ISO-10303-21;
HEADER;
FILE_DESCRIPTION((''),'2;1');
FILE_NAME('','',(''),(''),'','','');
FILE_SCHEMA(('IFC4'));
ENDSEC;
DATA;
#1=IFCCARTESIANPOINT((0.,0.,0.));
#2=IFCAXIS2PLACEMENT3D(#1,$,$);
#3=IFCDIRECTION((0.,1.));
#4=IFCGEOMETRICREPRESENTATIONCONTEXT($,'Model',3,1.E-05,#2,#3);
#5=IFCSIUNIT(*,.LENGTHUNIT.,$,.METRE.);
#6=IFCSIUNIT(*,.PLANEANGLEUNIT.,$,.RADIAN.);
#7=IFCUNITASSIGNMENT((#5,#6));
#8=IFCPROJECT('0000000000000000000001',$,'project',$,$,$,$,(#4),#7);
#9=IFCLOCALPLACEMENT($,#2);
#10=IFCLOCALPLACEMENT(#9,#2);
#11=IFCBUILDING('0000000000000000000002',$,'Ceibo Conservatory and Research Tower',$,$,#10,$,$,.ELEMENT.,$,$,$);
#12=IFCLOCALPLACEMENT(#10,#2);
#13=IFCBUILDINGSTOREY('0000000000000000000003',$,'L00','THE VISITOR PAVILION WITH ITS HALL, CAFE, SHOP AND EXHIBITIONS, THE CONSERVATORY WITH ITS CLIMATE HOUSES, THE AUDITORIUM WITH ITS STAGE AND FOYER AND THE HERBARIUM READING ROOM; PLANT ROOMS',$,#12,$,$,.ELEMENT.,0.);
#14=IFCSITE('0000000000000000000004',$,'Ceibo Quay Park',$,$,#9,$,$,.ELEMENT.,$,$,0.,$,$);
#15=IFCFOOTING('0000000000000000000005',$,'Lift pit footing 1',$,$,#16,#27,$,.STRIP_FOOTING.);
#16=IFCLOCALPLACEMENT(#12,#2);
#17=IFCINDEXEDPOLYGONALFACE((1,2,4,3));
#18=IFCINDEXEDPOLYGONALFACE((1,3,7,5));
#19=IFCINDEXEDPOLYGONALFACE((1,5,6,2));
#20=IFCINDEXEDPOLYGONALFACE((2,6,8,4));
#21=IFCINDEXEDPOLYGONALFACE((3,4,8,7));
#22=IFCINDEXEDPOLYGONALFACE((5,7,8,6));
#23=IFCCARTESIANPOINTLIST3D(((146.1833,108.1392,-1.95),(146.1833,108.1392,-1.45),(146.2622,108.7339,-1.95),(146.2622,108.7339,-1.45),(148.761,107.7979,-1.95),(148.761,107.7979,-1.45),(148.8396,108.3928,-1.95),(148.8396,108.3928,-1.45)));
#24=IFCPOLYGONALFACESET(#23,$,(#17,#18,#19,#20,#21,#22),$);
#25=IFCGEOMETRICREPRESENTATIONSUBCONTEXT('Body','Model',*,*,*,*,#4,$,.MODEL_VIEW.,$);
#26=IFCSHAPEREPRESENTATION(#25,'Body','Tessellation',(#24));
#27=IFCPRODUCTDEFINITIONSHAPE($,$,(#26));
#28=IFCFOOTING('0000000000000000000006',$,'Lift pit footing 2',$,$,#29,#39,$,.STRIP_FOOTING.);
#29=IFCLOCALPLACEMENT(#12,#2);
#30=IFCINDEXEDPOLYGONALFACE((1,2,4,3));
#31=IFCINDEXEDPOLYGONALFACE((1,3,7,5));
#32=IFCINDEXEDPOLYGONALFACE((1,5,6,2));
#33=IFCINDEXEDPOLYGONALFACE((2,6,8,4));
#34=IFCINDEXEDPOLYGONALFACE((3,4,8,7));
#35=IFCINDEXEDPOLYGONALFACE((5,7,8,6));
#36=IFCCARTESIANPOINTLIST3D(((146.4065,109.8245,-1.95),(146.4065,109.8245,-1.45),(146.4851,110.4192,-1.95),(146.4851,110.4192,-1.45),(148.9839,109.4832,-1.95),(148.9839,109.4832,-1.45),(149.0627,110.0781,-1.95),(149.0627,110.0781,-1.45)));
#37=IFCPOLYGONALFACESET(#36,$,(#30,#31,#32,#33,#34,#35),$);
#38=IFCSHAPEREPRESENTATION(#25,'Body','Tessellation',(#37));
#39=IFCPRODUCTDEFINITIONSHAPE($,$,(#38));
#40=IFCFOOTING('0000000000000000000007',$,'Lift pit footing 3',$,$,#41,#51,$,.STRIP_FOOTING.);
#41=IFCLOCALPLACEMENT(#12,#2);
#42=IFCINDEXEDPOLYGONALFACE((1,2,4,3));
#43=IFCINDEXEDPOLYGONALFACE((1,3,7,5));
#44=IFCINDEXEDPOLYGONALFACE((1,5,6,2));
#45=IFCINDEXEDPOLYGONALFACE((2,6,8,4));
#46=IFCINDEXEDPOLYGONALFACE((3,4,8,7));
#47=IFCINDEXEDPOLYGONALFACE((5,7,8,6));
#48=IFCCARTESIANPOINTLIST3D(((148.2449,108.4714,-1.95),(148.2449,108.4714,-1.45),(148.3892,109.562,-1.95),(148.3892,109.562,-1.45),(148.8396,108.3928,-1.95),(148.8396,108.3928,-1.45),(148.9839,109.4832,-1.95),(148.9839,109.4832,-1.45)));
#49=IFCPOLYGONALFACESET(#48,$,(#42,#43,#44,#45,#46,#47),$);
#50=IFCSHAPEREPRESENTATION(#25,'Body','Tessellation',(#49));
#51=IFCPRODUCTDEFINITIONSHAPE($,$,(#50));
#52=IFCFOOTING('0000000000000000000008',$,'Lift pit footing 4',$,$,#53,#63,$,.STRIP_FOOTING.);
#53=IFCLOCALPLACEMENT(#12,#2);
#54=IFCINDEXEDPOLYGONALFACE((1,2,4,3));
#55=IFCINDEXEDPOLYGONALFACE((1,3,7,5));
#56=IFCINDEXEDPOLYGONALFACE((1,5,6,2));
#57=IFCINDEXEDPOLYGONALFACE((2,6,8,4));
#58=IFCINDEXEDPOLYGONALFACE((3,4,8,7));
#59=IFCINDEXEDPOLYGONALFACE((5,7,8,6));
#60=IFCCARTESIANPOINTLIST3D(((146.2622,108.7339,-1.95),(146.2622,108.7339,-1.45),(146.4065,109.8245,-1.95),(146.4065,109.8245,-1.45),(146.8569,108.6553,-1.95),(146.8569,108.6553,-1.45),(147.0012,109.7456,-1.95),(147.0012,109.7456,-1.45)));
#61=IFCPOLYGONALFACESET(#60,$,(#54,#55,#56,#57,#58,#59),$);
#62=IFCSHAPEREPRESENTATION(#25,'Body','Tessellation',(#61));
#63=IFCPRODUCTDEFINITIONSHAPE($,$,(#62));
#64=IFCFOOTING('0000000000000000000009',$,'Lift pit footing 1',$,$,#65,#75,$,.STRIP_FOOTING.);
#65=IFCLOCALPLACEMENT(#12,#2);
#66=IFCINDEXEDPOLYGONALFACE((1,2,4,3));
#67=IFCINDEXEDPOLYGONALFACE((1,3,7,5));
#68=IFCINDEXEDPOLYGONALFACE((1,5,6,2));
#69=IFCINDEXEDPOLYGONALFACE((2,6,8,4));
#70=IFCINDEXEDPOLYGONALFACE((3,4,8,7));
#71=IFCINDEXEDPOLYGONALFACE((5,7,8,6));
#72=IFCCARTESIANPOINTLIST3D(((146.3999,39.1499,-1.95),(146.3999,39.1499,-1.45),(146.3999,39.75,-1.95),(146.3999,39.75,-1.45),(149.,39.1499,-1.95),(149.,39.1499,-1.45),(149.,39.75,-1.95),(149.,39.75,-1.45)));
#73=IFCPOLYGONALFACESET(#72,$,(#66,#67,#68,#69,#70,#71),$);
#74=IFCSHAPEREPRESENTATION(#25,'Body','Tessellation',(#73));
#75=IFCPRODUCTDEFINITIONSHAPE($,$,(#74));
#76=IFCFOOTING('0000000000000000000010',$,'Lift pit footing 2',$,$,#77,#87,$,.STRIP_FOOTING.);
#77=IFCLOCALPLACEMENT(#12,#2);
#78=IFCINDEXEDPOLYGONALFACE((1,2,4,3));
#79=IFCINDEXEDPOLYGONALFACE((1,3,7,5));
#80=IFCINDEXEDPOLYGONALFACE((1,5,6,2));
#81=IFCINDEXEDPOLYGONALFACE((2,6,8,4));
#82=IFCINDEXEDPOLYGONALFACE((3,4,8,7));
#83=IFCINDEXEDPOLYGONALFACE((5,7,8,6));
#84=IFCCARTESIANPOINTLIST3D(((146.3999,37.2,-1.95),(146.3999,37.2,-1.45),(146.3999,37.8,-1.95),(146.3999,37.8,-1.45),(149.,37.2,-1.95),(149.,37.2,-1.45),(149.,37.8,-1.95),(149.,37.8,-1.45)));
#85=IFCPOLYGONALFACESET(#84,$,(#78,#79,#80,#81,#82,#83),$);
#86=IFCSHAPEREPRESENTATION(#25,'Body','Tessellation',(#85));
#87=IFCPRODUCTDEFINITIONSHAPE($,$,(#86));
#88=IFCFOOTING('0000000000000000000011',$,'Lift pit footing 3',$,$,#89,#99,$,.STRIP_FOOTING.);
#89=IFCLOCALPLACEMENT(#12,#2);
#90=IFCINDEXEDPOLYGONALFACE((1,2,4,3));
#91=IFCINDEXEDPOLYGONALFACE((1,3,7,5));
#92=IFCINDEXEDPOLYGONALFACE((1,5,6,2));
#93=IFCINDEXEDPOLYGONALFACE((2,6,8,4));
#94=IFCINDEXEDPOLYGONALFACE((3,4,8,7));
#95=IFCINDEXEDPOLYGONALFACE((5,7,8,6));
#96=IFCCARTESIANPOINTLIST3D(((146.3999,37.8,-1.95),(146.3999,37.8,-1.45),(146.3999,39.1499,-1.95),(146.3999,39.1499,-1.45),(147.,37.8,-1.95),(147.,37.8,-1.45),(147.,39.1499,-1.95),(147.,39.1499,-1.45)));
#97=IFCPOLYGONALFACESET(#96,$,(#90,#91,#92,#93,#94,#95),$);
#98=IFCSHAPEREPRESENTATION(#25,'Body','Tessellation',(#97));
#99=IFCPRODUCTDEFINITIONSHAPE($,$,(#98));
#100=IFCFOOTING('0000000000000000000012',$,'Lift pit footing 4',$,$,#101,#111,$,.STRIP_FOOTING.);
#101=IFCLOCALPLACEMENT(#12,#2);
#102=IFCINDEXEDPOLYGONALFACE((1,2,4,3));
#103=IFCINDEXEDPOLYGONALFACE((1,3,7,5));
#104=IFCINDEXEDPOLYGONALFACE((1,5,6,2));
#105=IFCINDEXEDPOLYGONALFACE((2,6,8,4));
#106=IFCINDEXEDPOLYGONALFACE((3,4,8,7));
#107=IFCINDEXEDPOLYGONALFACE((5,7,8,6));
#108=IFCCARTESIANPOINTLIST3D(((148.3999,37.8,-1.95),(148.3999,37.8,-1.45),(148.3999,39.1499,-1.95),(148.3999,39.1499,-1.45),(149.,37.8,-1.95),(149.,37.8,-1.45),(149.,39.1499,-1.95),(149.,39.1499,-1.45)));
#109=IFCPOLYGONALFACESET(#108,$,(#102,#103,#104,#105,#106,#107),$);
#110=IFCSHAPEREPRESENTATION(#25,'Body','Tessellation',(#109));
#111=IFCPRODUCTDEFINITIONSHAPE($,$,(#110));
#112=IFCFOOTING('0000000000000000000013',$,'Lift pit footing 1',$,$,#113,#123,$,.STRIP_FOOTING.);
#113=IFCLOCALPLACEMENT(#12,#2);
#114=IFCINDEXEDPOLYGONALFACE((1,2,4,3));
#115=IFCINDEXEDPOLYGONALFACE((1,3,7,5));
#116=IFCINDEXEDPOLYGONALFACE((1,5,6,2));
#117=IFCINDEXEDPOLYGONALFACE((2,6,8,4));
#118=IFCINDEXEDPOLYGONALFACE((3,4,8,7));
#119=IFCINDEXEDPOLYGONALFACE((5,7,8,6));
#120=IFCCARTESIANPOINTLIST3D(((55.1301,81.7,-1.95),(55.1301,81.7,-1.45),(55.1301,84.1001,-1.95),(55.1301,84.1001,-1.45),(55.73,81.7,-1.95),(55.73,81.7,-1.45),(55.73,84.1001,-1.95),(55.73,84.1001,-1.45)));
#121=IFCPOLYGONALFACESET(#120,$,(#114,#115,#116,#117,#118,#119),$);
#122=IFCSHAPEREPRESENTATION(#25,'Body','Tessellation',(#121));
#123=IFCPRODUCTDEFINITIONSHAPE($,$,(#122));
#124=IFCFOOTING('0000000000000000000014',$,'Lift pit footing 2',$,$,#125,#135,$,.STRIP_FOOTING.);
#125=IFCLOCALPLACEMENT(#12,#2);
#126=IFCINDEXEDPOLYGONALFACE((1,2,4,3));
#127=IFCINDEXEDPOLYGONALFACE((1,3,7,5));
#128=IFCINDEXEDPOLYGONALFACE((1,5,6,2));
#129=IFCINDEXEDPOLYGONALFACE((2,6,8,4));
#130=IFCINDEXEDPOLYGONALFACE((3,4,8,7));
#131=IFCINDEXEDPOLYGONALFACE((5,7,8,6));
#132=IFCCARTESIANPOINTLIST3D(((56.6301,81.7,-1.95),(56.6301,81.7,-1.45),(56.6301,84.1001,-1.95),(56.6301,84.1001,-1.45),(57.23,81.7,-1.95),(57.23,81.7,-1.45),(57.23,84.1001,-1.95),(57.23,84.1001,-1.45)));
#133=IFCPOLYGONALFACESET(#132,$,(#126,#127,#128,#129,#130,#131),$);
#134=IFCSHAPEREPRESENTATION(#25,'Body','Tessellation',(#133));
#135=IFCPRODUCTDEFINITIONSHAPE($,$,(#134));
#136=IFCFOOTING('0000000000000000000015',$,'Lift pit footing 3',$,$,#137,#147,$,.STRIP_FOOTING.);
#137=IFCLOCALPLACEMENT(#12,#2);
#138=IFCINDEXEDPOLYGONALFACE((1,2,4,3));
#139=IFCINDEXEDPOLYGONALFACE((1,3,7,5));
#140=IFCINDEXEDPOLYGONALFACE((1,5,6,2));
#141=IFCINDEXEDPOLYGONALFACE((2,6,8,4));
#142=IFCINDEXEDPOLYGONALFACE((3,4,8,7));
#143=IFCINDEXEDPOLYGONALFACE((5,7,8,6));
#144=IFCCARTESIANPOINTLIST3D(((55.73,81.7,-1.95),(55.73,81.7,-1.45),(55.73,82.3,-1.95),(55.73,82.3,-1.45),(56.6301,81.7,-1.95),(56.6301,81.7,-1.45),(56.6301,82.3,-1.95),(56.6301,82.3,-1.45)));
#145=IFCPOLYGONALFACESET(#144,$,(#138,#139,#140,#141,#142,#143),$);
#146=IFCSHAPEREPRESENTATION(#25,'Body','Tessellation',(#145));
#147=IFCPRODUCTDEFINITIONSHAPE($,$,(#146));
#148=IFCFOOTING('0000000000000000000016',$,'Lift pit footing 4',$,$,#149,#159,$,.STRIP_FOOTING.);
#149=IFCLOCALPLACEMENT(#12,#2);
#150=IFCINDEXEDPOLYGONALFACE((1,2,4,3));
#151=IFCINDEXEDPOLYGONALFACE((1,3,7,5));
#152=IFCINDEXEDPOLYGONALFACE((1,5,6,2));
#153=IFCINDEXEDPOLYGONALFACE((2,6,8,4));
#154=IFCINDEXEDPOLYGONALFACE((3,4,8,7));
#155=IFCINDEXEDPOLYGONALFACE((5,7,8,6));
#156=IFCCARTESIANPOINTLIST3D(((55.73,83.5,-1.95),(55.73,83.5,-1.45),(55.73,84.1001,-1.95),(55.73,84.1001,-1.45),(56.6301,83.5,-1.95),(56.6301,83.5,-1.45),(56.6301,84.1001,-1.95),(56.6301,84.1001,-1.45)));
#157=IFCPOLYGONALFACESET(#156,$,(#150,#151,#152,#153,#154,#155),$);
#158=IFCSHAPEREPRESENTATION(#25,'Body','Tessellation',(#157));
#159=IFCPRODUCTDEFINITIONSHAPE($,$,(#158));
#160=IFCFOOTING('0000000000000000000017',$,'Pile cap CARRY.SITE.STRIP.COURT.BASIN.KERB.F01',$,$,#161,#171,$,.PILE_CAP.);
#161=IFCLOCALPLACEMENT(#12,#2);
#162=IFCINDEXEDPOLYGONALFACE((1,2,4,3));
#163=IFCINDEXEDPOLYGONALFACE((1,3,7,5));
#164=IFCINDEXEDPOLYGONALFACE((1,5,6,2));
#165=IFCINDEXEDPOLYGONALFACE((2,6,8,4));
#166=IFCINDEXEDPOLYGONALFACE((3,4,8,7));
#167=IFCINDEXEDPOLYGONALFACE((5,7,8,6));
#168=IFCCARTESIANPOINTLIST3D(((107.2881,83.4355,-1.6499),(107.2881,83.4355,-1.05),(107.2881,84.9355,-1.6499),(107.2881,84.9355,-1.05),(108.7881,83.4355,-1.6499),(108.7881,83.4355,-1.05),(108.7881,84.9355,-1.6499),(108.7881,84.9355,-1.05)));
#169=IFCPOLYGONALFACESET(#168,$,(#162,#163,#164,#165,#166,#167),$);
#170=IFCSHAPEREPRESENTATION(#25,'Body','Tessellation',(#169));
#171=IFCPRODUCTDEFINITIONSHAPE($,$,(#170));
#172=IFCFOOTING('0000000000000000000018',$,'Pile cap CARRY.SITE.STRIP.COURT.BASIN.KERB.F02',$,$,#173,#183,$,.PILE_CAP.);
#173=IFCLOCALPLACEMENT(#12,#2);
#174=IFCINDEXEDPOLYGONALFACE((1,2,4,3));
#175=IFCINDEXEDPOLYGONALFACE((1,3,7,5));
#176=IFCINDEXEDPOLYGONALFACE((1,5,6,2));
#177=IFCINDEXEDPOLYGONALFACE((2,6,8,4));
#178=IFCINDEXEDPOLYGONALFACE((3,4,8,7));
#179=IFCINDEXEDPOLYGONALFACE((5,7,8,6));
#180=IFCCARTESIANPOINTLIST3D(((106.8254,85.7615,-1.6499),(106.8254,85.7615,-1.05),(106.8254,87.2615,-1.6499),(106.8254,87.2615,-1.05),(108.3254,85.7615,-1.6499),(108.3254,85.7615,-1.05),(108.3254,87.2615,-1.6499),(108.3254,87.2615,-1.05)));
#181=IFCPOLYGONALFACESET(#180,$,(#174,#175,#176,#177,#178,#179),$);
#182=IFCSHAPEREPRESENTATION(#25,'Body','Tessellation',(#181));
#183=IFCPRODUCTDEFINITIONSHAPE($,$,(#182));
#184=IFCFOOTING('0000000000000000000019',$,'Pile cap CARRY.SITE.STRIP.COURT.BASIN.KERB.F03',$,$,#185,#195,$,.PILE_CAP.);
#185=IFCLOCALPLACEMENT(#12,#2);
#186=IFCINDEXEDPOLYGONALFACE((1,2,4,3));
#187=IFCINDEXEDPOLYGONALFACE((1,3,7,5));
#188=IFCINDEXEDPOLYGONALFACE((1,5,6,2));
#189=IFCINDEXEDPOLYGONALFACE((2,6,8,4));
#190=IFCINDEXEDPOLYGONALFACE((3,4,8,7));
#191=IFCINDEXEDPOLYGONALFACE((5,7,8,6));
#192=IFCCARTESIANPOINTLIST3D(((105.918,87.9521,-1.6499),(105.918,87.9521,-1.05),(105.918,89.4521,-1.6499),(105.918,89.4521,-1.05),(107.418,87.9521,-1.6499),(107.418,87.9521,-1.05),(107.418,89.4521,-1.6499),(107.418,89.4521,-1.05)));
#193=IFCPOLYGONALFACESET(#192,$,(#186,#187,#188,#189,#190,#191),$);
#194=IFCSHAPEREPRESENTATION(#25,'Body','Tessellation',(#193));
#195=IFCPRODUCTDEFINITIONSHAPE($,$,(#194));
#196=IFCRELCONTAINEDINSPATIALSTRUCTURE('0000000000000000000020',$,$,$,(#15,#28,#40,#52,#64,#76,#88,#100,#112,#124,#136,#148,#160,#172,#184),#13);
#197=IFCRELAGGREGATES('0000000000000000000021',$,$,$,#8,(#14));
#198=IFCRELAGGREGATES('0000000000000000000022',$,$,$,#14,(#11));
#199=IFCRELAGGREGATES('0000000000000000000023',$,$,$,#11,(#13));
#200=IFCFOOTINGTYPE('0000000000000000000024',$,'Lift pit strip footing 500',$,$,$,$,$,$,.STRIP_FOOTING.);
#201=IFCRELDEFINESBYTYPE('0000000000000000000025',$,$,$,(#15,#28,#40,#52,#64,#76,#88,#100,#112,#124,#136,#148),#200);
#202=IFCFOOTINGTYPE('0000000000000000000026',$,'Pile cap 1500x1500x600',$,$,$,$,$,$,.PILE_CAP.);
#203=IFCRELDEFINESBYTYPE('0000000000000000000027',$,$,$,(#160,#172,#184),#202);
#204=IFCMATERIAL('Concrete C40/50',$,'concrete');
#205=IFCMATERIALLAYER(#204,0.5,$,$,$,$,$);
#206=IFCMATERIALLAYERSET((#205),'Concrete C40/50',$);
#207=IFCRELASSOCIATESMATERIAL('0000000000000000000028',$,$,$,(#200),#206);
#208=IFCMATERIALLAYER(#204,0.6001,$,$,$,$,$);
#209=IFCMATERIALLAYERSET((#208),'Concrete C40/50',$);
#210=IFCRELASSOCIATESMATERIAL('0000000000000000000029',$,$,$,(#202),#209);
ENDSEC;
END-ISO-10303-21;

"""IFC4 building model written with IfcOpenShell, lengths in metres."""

from ifc_helpers import new_model, si_unit, direction, frame, origin, place, context, subcontext, project, spatial, polyline, outline, extrude, material, layer, layer_set, type_object, element, save


model = new_model("IFC4")

# Units and contexts
model_context = context("Model", 3, precision=1e-05, world=origin(), true_north=direction((0.0, 1.0)))
body_context = subcontext(model_context, "Body", "Model", "MODEL_VIEW")
ifc_project = project(units=[si_unit("LENGTHUNIT", "METRE"), si_unit("PLANEANGLEUNIT", "RADIAN")], contexts=[model_context])

# Site, building, storey
site_placement = place(None, origin())
site = spatial("IfcSite", under=ifc_project, at=site_placement, Name="Ceibo Quay Park", CompositionType="ELEMENT", RefElevation=0.0)
building_placement = place(site_placement, origin())
building = spatial("IfcBuilding", under=site, at=building_placement, Name="Ceibo Conservatory and Research Tower", CompositionType="ELEMENT")
storey_placement = place(building_placement, origin())
storey = spatial("IfcBuildingStorey", under=building, at=storey_placement, Name="L00", Description="THE VISITOR PAVILION WITH ITS HALL, CAFE, SHOP AND EXHIBITIONS, THE CONSERVATORY WITH ITS CLIMATE HOUSES, THE AUDITORIUM WITH ITS STAGE AND FOYER AND THE HERBARIUM READING ROOM; PLANT ROOMS", CompositionType="ELEMENT", Elevation=0.0)

# Footings
ifc_material_1 = material(Name="Concrete C40/50", Category="concrete")
ifc_layer_1 = layer(ifc_material_1, 0.5)
ifc_layer_set_1 = layer_set([ifc_layer_1], Name="Concrete C40/50")
footing_type_1 = type_object("IfcFootingType", Name="Lift pit strip footing 500", PredefinedType="STRIP_FOOTING", material=ifc_layer_set_1)
footing_1_placement = place(storey_placement, frame((0.0, 0.0, -1.95)))
element("IfcFooting", 1, at=footing_1_placement, inside=storey, type_object=footing_type_1, Name="Lift pit footing 1", PredefinedType="STRIP_FOOTING", context=body_context, shape_type="SweptSolid", body=[
    extrude(outline(polyline([(148.761, 107.7979), (148.8396, 108.3928), (146.2622, 108.7339), (146.1833, 108.1392), (148.761, 107.7979)])), origin(), (0.0, 0.0, 1.0), 0.5),
])
footing_2_placement = place(storey_placement, frame((0.0, 0.0, -1.95)))
element("IfcFooting", 2, at=footing_2_placement, inside=storey, type_object=footing_type_1, Name="Lift pit footing 2", PredefinedType="STRIP_FOOTING", context=body_context, shape_type="SweptSolid", body=[
    extrude(outline(polyline([(148.9839, 109.4832), (149.0627, 110.0781), (146.4851, 110.4192), (146.4065, 109.8245), (148.9839, 109.4832)])), origin(), (0.0, 0.0, 1.0), 0.5),
])
footing_3_placement = place(storey_placement, frame((0.0, 0.0, -1.95)))
element("IfcFooting", 3, at=footing_3_placement, inside=storey, type_object=footing_type_1, Name="Lift pit footing 3", PredefinedType="STRIP_FOOTING", context=body_context, shape_type="SweptSolid", body=[
    extrude(outline(polyline([(148.8396, 108.3928), (148.9839, 109.4832), (148.3892, 109.562), (148.2449, 108.4714), (148.8396, 108.3928)])), origin(), (0.0, 0.0, 1.0), 0.5),
])
footing_4_placement = place(storey_placement, frame((0.0, 0.0, -1.95)))
element("IfcFooting", 4, at=footing_4_placement, inside=storey, type_object=footing_type_1, Name="Lift pit footing 4", PredefinedType="STRIP_FOOTING", context=body_context, shape_type="SweptSolid", body=[
    extrude(outline(polyline([(146.8569, 108.6553), (147.0012, 109.7456), (146.4065, 109.8245), (146.2622, 108.7339), (146.8569, 108.6553)])), origin(), (0.0, 0.0, 1.0), 0.5),
])
footing_5_placement = place(storey_placement, frame((0.0, 0.0, -1.95)))
element("IfcFooting", 5, at=footing_5_placement, inside=storey, type_object=footing_type_1, Name="Lift pit footing 1", PredefinedType="STRIP_FOOTING", context=body_context, shape_type="SweptSolid", body=[
    extrude(outline(polyline([(146.3999, 39.75), (146.3999, 39.1499), (149.0, 39.1499), (149.0, 39.75), (146.3999, 39.75)])), origin(), (0.0, 0.0, 1.0), 0.5),
])
footing_6_placement = place(storey_placement, frame((0.0, 0.0, -1.95)))
element("IfcFooting", 6, at=footing_6_placement, inside=storey, type_object=footing_type_1, Name="Lift pit footing 2", PredefinedType="STRIP_FOOTING", context=body_context, shape_type="SweptSolid", body=[
    extrude(outline(polyline([(146.3999, 37.8), (146.3999, 37.2), (149.0, 37.2), (149.0, 37.8), (146.3999, 37.8)])), origin(), (0.0, 0.0, 1.0), 0.5),
])
footing_7_placement = place(storey_placement, frame((0.0, 0.0, -1.95)))
element("IfcFooting", 7, at=footing_7_placement, inside=storey, type_object=footing_type_1, Name="Lift pit footing 3", PredefinedType="STRIP_FOOTING", context=body_context, shape_type="SweptSolid", body=[
    extrude(outline(polyline([(146.3999, 39.1499), (146.3999, 37.8), (147.0, 37.8), (147.0, 39.1499), (146.3999, 39.1499)])), origin(), (0.0, 0.0, 1.0), 0.5),
])
footing_8_placement = place(storey_placement, frame((0.0, 0.0, -1.95)))
element("IfcFooting", 8, at=footing_8_placement, inside=storey, type_object=footing_type_1, Name="Lift pit footing 4", PredefinedType="STRIP_FOOTING", context=body_context, shape_type="SweptSolid", body=[
    extrude(outline(polyline([(148.3999, 39.1499), (148.3999, 37.8), (149.0, 37.8), (149.0, 39.1499), (148.3999, 39.1499)])), origin(), (0.0, 0.0, 1.0), 0.5),
])
footing_9_placement = place(storey_placement, frame((0.0, 0.0, -1.95)))
element("IfcFooting", 9, at=footing_9_placement, inside=storey, type_object=footing_type_1, Name="Lift pit footing 1", PredefinedType="STRIP_FOOTING", context=body_context, shape_type="SweptSolid", body=[
    extrude(outline(polyline([(55.1301, 81.7), (55.73, 81.7), (55.73, 84.1001), (55.1301, 84.1001), (55.1301, 81.7)])), origin(), (0.0, 0.0, 1.0), 0.5),
])
footing_10_placement = place(storey_placement, frame((0.0, 0.0, -1.95)))
element("IfcFooting", 10, at=footing_10_placement, inside=storey, type_object=footing_type_1, Name="Lift pit footing 2", PredefinedType="STRIP_FOOTING", context=body_context, shape_type="SweptSolid", body=[
    extrude(outline(polyline([(56.6301, 81.7), (57.23, 81.7), (57.23, 84.1001), (56.6301, 84.1001), (56.6301, 81.7)])), origin(), (0.0, 0.0, 1.0), 0.5),
])
footing_11_placement = place(storey_placement, frame((0.0, 0.0, -1.95)))
element("IfcFooting", 11, at=footing_11_placement, inside=storey, type_object=footing_type_1, Name="Lift pit footing 3", PredefinedType="STRIP_FOOTING", context=body_context, shape_type="SweptSolid", body=[
    extrude(outline(polyline([(55.73, 81.7), (56.6301, 81.7), (56.6301, 82.3), (55.73, 82.3), (55.73, 81.7)])), origin(), (0.0, 0.0, 1.0), 0.5),
])
footing_12_placement = place(storey_placement, frame((0.0, 0.0, -1.95)))
element("IfcFooting", 12, at=footing_12_placement, inside=storey, type_object=footing_type_1, Name="Lift pit footing 4", PredefinedType="STRIP_FOOTING", context=body_context, shape_type="SweptSolid", body=[
    extrude(outline(polyline([(55.73, 83.5), (56.6301, 83.5), (56.6301, 84.1001), (55.73, 84.1001), (55.73, 83.5)])), origin(), (0.0, 0.0, 1.0), 0.5),
])
ifc_layer_2 = layer(ifc_material_1, 0.6001)
ifc_layer_set_2 = layer_set([ifc_layer_2], Name="Concrete C40/50")
footing_type_2 = type_object("IfcFootingType", Name="Pile cap 1500x1500x600", PredefinedType="PILE_CAP", material=ifc_layer_set_2)
footing_13_placement = place(storey_placement, frame((0.0, 0.0, -1.6499)))
element("IfcFooting", 13, at=footing_13_placement, inside=storey, type_object=footing_type_2, Name="Pile cap CARRY.SITE.STRIP.COURT.BASIN.KERB.F01", PredefinedType="PILE_CAP", context=body_context, shape_type="SweptSolid", body=[
    extrude(outline(polyline([(108.7881, 83.4355), (108.7881, 84.9355), (107.2881, 84.9355), (107.2881, 83.4355), (108.7881, 83.4355)])), origin(), (0.0, 0.0, 1.0), 0.5999),
])
footing_14_placement = place(storey_placement, frame((0.0, 0.0, -1.6499)))
element("IfcFooting", 14, at=footing_14_placement, inside=storey, type_object=footing_type_2, Name="Pile cap CARRY.SITE.STRIP.COURT.BASIN.KERB.F02", PredefinedType="PILE_CAP", context=body_context, shape_type="SweptSolid", body=[
    extrude(outline(polyline([(108.3254, 85.7615), (108.3254, 87.2615), (106.8254, 87.2615), (106.8254, 85.7615), (108.3254, 85.7615)])), origin(), (0.0, 0.0, 1.0), 0.5999),
])
footing_15_placement = place(storey_placement, frame((0.0, 0.0, -1.6499)))
element("IfcFooting", 15, at=footing_15_placement, inside=storey, type_object=footing_type_2, Name="Pile cap CARRY.SITE.STRIP.COURT.BASIN.KERB.F03", PredefinedType="PILE_CAP", context=body_context, shape_type="SweptSolid", body=[
    extrude(outline(polyline([(107.418, 87.9521), (107.418, 89.4521), (105.918, 89.4521), (105.918, 87.9521), (107.418, 87.9521)])), origin(), (0.0, 0.0, 1.0), 0.5999),
])

save(model, "model.ifc")
